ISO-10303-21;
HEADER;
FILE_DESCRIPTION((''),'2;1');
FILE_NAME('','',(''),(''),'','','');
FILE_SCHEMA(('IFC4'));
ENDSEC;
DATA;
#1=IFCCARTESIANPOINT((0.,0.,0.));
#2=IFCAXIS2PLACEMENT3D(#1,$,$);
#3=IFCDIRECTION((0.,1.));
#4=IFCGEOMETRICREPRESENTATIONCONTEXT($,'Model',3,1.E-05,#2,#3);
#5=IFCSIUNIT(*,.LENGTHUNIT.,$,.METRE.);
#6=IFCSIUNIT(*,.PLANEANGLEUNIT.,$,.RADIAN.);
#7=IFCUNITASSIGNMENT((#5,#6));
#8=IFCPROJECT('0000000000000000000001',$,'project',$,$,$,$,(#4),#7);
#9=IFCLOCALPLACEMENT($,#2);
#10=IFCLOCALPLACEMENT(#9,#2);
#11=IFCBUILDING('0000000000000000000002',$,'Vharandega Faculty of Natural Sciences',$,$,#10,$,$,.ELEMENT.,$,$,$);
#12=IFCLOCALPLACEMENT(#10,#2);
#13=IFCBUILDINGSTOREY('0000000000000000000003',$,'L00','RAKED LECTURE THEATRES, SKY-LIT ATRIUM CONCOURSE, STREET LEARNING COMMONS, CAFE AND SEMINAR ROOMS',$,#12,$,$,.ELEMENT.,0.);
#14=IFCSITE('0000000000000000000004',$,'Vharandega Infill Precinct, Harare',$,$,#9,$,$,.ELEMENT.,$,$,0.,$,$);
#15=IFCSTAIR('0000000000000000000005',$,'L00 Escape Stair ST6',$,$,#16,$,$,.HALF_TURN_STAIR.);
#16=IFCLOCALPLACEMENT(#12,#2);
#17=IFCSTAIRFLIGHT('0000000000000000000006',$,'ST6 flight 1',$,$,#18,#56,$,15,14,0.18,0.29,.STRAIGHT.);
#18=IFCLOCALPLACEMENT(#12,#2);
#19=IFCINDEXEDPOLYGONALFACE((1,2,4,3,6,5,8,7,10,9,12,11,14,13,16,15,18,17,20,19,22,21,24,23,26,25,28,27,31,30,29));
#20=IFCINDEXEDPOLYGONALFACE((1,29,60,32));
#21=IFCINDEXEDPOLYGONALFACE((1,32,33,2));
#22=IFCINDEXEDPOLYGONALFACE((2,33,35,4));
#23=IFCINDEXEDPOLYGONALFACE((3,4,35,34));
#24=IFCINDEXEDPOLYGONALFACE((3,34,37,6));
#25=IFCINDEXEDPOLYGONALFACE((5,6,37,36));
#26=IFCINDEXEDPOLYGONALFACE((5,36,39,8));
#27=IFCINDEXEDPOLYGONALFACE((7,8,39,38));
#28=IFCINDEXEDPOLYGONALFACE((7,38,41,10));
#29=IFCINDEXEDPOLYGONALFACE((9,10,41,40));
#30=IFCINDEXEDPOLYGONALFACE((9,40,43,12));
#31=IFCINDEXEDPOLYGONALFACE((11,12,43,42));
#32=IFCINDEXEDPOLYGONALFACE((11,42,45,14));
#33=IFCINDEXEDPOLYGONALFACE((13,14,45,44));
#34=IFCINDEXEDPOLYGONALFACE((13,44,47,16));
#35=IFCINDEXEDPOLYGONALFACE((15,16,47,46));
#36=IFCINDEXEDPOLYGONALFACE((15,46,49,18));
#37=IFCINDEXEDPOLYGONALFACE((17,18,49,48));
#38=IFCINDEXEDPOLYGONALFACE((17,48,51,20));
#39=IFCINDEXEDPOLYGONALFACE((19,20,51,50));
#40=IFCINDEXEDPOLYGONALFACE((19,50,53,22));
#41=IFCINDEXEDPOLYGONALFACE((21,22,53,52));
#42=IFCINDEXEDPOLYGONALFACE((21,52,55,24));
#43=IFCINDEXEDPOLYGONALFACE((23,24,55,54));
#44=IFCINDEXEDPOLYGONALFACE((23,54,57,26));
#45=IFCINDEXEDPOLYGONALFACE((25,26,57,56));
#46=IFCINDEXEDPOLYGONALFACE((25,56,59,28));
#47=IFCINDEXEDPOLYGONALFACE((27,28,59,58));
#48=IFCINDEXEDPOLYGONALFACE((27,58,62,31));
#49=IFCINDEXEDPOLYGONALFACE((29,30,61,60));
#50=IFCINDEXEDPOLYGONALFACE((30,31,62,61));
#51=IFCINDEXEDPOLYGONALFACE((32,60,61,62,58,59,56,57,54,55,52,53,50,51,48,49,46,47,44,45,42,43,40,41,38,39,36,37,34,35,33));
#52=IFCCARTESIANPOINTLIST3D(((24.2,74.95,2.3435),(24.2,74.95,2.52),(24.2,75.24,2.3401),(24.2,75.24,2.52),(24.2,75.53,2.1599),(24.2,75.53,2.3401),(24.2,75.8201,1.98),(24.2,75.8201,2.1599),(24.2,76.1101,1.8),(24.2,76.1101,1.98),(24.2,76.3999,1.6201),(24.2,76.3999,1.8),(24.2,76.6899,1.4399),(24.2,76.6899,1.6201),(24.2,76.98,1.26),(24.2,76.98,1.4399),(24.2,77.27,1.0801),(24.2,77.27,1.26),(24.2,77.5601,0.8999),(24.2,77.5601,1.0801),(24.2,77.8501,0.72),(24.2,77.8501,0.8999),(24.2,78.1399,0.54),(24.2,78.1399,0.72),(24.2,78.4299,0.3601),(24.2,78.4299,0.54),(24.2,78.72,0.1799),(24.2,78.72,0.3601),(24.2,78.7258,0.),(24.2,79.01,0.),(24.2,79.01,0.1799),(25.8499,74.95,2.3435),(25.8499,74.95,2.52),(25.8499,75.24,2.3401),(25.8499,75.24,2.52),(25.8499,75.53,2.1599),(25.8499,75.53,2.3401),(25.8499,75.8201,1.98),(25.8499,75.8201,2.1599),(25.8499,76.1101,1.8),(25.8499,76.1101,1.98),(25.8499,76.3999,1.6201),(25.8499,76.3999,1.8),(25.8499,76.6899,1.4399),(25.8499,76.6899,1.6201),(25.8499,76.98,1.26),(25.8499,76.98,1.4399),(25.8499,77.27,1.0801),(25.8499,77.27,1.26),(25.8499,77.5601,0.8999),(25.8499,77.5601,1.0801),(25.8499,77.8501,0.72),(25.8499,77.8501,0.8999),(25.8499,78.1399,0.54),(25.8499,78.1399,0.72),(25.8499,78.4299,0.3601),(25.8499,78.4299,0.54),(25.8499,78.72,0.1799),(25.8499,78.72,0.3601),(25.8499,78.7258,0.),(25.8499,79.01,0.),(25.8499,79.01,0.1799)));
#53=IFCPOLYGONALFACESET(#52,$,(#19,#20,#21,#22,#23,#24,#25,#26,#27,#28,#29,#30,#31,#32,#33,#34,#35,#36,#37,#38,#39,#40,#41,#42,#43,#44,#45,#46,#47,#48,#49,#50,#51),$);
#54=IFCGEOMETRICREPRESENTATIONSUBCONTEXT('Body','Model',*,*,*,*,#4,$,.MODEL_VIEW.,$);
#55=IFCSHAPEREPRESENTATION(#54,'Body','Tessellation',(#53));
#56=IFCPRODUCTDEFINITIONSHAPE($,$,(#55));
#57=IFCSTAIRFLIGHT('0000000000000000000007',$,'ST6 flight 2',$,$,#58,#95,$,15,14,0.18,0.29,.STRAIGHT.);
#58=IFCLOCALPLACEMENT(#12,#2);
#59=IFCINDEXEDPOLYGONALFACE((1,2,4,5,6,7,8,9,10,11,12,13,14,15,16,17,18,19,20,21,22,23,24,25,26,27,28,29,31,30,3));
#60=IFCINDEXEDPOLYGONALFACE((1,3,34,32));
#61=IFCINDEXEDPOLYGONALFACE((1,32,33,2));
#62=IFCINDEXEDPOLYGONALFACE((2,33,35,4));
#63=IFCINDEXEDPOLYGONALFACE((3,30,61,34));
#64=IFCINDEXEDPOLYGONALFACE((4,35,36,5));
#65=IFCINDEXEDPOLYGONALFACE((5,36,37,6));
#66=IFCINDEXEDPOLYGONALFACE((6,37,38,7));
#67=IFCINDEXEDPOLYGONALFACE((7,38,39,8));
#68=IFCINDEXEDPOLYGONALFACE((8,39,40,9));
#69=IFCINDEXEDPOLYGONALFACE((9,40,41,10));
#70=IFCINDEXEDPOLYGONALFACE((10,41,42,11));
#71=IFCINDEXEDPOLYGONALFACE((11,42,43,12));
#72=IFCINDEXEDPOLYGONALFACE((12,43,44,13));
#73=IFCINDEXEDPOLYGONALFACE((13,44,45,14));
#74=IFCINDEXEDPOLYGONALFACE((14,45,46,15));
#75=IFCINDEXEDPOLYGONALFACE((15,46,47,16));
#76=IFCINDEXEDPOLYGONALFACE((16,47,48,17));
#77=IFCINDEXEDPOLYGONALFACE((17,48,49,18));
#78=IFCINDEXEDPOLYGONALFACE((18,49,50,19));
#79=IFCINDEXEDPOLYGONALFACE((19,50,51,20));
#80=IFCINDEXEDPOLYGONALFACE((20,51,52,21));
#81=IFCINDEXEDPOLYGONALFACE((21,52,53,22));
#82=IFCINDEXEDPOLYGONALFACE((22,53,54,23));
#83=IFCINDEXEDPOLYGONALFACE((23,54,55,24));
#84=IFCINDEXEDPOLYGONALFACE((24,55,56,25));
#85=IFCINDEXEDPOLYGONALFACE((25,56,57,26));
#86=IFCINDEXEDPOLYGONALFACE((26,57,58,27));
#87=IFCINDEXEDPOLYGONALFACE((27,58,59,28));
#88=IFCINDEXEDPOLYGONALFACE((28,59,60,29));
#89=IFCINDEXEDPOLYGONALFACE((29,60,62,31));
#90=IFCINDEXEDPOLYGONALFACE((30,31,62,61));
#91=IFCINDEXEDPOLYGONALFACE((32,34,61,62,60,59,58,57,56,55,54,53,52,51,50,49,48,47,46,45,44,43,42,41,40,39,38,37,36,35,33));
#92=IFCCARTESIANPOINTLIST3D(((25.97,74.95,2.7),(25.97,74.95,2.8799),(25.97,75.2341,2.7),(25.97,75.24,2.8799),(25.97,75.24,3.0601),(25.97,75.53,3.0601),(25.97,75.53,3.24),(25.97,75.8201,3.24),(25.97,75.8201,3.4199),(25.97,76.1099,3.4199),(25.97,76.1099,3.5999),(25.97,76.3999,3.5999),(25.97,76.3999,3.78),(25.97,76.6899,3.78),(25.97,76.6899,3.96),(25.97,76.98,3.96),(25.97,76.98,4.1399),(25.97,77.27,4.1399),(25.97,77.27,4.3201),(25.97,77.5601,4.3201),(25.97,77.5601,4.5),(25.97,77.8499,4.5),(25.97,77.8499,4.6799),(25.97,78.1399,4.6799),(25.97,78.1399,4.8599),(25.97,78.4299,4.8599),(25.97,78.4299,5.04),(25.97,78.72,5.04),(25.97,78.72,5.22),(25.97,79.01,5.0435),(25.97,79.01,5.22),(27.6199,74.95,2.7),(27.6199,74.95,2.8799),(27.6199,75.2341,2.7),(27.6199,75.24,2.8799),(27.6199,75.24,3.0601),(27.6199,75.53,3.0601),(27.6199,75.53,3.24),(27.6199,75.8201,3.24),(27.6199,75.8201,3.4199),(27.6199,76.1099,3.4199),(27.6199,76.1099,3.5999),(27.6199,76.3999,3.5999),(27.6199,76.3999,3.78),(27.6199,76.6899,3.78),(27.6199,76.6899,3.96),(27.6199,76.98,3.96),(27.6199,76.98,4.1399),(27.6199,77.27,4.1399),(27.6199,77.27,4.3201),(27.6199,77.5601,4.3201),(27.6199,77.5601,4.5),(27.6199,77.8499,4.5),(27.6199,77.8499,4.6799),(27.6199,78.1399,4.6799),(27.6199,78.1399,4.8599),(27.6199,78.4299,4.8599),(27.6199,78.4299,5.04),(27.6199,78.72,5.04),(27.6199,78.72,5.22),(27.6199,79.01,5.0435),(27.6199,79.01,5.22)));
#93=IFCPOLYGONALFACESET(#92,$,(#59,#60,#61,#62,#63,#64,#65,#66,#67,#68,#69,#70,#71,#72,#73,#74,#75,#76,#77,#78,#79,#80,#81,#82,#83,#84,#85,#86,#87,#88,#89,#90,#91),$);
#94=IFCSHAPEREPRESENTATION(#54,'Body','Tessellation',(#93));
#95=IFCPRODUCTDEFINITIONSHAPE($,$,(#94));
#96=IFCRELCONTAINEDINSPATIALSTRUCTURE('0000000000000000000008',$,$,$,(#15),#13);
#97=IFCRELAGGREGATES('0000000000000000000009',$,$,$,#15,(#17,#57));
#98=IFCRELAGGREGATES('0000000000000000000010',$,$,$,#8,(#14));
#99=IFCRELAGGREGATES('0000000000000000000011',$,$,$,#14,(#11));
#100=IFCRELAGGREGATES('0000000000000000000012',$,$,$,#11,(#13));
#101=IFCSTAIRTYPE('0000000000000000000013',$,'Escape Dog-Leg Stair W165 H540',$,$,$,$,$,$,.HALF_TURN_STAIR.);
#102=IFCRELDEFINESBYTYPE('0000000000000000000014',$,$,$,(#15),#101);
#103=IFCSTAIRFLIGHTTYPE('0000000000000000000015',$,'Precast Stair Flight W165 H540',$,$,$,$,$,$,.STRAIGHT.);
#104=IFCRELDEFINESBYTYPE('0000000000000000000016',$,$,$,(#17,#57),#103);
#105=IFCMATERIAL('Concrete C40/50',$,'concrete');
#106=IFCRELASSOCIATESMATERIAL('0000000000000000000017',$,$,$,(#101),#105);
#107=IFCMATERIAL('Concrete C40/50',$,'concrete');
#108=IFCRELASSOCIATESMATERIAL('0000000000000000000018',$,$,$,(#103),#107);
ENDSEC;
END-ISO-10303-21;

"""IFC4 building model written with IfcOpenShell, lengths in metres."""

from ifc_helpers import new_model, si_unit, direction, frame, origin, place, context, subcontext, project, spatial, polyline, outline, extrude, material, type_object, element, aggregate, save


model = new_model("IFC4")

# Units and contexts
model_context = context("Model", 3, precision=1e-05, world=origin(), true_north=direction((0.0, 1.0)))
body_context = subcontext(model_context, "Body", "Model", "MODEL_VIEW")
ifc_project = project(units=[si_unit("LENGTHUNIT", "METRE"), si_unit("PLANEANGLEUNIT", "RADIAN")], contexts=[model_context])

# Site, building, storey
site_placement = place(None, origin())
site = spatial("IfcSite", under=ifc_project, at=site_placement, Name="Vharandega Infill Precinct, Harare", CompositionType="ELEMENT", RefElevation=0.0)
building_placement = place(site_placement, origin())
building = spatial("IfcBuilding", under=site, at=building_placement, Name="Vharandega Faculty of Natural Sciences", CompositionType="ELEMENT")
storey_placement = place(building_placement, origin())
storey = spatial("IfcBuildingStorey", under=building, at=storey_placement, Name="L00", Description="RAKED LECTURE THEATRES, SKY-LIT ATRIUM CONCOURSE, STREET LEARNING COMMONS, CAFE AND SEMINAR ROOMS", CompositionType="ELEMENT", Elevation=0.0)

# Stair, stair flights
ifc_material_1 = material(Name="Concrete C40/50", Category="concrete")
stair_type = type_object("IfcStairType", Name="Escape Dog-Leg Stair W165 H540", PredefinedType="HALF_TURN_STAIR", material=ifc_material_1)
stair_placement = place(storey_placement, origin())
stair = element("IfcStair", 1, at=stair_placement, inside=storey, type_object=stair_type, Name="L00 Escape Stair ST6", PredefinedType="HALF_TURN_STAIR")
ifc_material_2 = material(Name="Concrete C40/50", Category="concrete")
stair_flight_type = type_object("IfcStairFlightType", Name="Precast Stair Flight W165 H540", PredefinedType="STRAIGHT", material=ifc_material_2)
stair_flight_1_placement = place(storey_placement, frame((25.0249, 79.01, 0.0), z_axis=(0.0, 0.0, 1.0), x_axis=(0.0, -1.0, 0.0)))
stair_flight_1 = element("IfcStairFlight", 2, at=stair_flight_1_placement, type_object=stair_flight_type, Name="ST6 flight 1", NumberOfRisers=15, NumberOfTreads=14, PredefinedType="STRAIGHT", RiserHeight=0.18, TreadLength=0.29, context=body_context, shape_type="SweptSolid", body=[
    extrude(outline(polyline([(0.0, 0.0), (0.0, 0.1799), (0.29, 0.1799), (0.29, 0.3601), (0.5801, 0.3601), (0.5801, 0.54), (0.8701, 0.54), (0.8701, 0.72), (1.1599, 0.72), (1.1599, 0.8999), (1.45, 0.8999), (1.45, 1.0801), (1.74, 1.0801), (1.74, 1.26), (2.03, 1.26), (2.03, 1.4399), (2.3201, 1.4399), (2.3201, 1.6201), (2.6101, 1.6201), (2.6101, 1.8), (2.8999, 1.8), (2.8999, 1.98), (3.1899, 1.98), (3.1899, 2.1599), (3.48, 2.1599), (3.48, 2.3401), (3.77, 2.3401), (3.77, 2.52), (4.0601, 2.52), (4.0601, 2.7), (4.0601, 2.3435), (0.2842, 0.0), (0.0, 0.0)])), frame((0.0, 0.825, 0.0), z_axis=(0.0, -1.0, 0.0), x_axis=(1.0, 0.0, 0.0)), (0.0, 0.0, 1.0), 1.6499),
])
stair_flight_2_placement = place(storey_placement, frame((26.7949, 74.95, 2.7), z_axis=(0.0, 0.0, 1.0), x_axis=(0.0, 1.0, 0.0)))
stair_flight_2 = element("IfcStairFlight", 3, at=stair_flight_2_placement, type_object=stair_flight_type, Name="ST6 flight 2", NumberOfRisers=15, NumberOfTreads=14, PredefinedType="STRAIGHT", RiserHeight=0.18, TreadLength=0.29, context=body_context, shape_type="SweptSolid", body=[
    extrude(outline(polyline([(0.0, 0.0), (0.0, 0.1799), (0.29, 0.1799), (0.29, 0.3601), (0.5801, 0.3601), (0.5801, 0.54), (0.8701, 0.54), (0.8701, 0.72), (1.1599, 0.72), (1.1599, 0.8999), (1.45, 0.8999), (1.45, 1.0801), (1.74, 1.0801), (1.74, 1.26), (2.03, 1.26), (2.03, 1.4399), (2.3201, 1.4399), (2.3201, 1.6201), (2.6101, 1.6201), (2.6101, 1.8), (2.8999, 1.8), (2.8999, 1.98), (3.1899, 1.98), (3.1899, 2.1599), (3.48, 2.1599), (3.48, 2.3401), (3.77, 2.3401), (3.77, 2.52), (4.0601, 2.52), (4.0601, 2.7), (4.0601, 2.3435), (0.2842, 0.0), (0.0, 0.0)])), frame((0.0, 0.825, 0.0), z_axis=(0.0, -1.0, 0.0), x_axis=(1.0, 0.0, 0.0)), (0.0, 0.0, 1.0), 1.6499),
])
aggregate(stair, [stair_flight_1, stair_flight_2])

save(model, "model.ifc")
